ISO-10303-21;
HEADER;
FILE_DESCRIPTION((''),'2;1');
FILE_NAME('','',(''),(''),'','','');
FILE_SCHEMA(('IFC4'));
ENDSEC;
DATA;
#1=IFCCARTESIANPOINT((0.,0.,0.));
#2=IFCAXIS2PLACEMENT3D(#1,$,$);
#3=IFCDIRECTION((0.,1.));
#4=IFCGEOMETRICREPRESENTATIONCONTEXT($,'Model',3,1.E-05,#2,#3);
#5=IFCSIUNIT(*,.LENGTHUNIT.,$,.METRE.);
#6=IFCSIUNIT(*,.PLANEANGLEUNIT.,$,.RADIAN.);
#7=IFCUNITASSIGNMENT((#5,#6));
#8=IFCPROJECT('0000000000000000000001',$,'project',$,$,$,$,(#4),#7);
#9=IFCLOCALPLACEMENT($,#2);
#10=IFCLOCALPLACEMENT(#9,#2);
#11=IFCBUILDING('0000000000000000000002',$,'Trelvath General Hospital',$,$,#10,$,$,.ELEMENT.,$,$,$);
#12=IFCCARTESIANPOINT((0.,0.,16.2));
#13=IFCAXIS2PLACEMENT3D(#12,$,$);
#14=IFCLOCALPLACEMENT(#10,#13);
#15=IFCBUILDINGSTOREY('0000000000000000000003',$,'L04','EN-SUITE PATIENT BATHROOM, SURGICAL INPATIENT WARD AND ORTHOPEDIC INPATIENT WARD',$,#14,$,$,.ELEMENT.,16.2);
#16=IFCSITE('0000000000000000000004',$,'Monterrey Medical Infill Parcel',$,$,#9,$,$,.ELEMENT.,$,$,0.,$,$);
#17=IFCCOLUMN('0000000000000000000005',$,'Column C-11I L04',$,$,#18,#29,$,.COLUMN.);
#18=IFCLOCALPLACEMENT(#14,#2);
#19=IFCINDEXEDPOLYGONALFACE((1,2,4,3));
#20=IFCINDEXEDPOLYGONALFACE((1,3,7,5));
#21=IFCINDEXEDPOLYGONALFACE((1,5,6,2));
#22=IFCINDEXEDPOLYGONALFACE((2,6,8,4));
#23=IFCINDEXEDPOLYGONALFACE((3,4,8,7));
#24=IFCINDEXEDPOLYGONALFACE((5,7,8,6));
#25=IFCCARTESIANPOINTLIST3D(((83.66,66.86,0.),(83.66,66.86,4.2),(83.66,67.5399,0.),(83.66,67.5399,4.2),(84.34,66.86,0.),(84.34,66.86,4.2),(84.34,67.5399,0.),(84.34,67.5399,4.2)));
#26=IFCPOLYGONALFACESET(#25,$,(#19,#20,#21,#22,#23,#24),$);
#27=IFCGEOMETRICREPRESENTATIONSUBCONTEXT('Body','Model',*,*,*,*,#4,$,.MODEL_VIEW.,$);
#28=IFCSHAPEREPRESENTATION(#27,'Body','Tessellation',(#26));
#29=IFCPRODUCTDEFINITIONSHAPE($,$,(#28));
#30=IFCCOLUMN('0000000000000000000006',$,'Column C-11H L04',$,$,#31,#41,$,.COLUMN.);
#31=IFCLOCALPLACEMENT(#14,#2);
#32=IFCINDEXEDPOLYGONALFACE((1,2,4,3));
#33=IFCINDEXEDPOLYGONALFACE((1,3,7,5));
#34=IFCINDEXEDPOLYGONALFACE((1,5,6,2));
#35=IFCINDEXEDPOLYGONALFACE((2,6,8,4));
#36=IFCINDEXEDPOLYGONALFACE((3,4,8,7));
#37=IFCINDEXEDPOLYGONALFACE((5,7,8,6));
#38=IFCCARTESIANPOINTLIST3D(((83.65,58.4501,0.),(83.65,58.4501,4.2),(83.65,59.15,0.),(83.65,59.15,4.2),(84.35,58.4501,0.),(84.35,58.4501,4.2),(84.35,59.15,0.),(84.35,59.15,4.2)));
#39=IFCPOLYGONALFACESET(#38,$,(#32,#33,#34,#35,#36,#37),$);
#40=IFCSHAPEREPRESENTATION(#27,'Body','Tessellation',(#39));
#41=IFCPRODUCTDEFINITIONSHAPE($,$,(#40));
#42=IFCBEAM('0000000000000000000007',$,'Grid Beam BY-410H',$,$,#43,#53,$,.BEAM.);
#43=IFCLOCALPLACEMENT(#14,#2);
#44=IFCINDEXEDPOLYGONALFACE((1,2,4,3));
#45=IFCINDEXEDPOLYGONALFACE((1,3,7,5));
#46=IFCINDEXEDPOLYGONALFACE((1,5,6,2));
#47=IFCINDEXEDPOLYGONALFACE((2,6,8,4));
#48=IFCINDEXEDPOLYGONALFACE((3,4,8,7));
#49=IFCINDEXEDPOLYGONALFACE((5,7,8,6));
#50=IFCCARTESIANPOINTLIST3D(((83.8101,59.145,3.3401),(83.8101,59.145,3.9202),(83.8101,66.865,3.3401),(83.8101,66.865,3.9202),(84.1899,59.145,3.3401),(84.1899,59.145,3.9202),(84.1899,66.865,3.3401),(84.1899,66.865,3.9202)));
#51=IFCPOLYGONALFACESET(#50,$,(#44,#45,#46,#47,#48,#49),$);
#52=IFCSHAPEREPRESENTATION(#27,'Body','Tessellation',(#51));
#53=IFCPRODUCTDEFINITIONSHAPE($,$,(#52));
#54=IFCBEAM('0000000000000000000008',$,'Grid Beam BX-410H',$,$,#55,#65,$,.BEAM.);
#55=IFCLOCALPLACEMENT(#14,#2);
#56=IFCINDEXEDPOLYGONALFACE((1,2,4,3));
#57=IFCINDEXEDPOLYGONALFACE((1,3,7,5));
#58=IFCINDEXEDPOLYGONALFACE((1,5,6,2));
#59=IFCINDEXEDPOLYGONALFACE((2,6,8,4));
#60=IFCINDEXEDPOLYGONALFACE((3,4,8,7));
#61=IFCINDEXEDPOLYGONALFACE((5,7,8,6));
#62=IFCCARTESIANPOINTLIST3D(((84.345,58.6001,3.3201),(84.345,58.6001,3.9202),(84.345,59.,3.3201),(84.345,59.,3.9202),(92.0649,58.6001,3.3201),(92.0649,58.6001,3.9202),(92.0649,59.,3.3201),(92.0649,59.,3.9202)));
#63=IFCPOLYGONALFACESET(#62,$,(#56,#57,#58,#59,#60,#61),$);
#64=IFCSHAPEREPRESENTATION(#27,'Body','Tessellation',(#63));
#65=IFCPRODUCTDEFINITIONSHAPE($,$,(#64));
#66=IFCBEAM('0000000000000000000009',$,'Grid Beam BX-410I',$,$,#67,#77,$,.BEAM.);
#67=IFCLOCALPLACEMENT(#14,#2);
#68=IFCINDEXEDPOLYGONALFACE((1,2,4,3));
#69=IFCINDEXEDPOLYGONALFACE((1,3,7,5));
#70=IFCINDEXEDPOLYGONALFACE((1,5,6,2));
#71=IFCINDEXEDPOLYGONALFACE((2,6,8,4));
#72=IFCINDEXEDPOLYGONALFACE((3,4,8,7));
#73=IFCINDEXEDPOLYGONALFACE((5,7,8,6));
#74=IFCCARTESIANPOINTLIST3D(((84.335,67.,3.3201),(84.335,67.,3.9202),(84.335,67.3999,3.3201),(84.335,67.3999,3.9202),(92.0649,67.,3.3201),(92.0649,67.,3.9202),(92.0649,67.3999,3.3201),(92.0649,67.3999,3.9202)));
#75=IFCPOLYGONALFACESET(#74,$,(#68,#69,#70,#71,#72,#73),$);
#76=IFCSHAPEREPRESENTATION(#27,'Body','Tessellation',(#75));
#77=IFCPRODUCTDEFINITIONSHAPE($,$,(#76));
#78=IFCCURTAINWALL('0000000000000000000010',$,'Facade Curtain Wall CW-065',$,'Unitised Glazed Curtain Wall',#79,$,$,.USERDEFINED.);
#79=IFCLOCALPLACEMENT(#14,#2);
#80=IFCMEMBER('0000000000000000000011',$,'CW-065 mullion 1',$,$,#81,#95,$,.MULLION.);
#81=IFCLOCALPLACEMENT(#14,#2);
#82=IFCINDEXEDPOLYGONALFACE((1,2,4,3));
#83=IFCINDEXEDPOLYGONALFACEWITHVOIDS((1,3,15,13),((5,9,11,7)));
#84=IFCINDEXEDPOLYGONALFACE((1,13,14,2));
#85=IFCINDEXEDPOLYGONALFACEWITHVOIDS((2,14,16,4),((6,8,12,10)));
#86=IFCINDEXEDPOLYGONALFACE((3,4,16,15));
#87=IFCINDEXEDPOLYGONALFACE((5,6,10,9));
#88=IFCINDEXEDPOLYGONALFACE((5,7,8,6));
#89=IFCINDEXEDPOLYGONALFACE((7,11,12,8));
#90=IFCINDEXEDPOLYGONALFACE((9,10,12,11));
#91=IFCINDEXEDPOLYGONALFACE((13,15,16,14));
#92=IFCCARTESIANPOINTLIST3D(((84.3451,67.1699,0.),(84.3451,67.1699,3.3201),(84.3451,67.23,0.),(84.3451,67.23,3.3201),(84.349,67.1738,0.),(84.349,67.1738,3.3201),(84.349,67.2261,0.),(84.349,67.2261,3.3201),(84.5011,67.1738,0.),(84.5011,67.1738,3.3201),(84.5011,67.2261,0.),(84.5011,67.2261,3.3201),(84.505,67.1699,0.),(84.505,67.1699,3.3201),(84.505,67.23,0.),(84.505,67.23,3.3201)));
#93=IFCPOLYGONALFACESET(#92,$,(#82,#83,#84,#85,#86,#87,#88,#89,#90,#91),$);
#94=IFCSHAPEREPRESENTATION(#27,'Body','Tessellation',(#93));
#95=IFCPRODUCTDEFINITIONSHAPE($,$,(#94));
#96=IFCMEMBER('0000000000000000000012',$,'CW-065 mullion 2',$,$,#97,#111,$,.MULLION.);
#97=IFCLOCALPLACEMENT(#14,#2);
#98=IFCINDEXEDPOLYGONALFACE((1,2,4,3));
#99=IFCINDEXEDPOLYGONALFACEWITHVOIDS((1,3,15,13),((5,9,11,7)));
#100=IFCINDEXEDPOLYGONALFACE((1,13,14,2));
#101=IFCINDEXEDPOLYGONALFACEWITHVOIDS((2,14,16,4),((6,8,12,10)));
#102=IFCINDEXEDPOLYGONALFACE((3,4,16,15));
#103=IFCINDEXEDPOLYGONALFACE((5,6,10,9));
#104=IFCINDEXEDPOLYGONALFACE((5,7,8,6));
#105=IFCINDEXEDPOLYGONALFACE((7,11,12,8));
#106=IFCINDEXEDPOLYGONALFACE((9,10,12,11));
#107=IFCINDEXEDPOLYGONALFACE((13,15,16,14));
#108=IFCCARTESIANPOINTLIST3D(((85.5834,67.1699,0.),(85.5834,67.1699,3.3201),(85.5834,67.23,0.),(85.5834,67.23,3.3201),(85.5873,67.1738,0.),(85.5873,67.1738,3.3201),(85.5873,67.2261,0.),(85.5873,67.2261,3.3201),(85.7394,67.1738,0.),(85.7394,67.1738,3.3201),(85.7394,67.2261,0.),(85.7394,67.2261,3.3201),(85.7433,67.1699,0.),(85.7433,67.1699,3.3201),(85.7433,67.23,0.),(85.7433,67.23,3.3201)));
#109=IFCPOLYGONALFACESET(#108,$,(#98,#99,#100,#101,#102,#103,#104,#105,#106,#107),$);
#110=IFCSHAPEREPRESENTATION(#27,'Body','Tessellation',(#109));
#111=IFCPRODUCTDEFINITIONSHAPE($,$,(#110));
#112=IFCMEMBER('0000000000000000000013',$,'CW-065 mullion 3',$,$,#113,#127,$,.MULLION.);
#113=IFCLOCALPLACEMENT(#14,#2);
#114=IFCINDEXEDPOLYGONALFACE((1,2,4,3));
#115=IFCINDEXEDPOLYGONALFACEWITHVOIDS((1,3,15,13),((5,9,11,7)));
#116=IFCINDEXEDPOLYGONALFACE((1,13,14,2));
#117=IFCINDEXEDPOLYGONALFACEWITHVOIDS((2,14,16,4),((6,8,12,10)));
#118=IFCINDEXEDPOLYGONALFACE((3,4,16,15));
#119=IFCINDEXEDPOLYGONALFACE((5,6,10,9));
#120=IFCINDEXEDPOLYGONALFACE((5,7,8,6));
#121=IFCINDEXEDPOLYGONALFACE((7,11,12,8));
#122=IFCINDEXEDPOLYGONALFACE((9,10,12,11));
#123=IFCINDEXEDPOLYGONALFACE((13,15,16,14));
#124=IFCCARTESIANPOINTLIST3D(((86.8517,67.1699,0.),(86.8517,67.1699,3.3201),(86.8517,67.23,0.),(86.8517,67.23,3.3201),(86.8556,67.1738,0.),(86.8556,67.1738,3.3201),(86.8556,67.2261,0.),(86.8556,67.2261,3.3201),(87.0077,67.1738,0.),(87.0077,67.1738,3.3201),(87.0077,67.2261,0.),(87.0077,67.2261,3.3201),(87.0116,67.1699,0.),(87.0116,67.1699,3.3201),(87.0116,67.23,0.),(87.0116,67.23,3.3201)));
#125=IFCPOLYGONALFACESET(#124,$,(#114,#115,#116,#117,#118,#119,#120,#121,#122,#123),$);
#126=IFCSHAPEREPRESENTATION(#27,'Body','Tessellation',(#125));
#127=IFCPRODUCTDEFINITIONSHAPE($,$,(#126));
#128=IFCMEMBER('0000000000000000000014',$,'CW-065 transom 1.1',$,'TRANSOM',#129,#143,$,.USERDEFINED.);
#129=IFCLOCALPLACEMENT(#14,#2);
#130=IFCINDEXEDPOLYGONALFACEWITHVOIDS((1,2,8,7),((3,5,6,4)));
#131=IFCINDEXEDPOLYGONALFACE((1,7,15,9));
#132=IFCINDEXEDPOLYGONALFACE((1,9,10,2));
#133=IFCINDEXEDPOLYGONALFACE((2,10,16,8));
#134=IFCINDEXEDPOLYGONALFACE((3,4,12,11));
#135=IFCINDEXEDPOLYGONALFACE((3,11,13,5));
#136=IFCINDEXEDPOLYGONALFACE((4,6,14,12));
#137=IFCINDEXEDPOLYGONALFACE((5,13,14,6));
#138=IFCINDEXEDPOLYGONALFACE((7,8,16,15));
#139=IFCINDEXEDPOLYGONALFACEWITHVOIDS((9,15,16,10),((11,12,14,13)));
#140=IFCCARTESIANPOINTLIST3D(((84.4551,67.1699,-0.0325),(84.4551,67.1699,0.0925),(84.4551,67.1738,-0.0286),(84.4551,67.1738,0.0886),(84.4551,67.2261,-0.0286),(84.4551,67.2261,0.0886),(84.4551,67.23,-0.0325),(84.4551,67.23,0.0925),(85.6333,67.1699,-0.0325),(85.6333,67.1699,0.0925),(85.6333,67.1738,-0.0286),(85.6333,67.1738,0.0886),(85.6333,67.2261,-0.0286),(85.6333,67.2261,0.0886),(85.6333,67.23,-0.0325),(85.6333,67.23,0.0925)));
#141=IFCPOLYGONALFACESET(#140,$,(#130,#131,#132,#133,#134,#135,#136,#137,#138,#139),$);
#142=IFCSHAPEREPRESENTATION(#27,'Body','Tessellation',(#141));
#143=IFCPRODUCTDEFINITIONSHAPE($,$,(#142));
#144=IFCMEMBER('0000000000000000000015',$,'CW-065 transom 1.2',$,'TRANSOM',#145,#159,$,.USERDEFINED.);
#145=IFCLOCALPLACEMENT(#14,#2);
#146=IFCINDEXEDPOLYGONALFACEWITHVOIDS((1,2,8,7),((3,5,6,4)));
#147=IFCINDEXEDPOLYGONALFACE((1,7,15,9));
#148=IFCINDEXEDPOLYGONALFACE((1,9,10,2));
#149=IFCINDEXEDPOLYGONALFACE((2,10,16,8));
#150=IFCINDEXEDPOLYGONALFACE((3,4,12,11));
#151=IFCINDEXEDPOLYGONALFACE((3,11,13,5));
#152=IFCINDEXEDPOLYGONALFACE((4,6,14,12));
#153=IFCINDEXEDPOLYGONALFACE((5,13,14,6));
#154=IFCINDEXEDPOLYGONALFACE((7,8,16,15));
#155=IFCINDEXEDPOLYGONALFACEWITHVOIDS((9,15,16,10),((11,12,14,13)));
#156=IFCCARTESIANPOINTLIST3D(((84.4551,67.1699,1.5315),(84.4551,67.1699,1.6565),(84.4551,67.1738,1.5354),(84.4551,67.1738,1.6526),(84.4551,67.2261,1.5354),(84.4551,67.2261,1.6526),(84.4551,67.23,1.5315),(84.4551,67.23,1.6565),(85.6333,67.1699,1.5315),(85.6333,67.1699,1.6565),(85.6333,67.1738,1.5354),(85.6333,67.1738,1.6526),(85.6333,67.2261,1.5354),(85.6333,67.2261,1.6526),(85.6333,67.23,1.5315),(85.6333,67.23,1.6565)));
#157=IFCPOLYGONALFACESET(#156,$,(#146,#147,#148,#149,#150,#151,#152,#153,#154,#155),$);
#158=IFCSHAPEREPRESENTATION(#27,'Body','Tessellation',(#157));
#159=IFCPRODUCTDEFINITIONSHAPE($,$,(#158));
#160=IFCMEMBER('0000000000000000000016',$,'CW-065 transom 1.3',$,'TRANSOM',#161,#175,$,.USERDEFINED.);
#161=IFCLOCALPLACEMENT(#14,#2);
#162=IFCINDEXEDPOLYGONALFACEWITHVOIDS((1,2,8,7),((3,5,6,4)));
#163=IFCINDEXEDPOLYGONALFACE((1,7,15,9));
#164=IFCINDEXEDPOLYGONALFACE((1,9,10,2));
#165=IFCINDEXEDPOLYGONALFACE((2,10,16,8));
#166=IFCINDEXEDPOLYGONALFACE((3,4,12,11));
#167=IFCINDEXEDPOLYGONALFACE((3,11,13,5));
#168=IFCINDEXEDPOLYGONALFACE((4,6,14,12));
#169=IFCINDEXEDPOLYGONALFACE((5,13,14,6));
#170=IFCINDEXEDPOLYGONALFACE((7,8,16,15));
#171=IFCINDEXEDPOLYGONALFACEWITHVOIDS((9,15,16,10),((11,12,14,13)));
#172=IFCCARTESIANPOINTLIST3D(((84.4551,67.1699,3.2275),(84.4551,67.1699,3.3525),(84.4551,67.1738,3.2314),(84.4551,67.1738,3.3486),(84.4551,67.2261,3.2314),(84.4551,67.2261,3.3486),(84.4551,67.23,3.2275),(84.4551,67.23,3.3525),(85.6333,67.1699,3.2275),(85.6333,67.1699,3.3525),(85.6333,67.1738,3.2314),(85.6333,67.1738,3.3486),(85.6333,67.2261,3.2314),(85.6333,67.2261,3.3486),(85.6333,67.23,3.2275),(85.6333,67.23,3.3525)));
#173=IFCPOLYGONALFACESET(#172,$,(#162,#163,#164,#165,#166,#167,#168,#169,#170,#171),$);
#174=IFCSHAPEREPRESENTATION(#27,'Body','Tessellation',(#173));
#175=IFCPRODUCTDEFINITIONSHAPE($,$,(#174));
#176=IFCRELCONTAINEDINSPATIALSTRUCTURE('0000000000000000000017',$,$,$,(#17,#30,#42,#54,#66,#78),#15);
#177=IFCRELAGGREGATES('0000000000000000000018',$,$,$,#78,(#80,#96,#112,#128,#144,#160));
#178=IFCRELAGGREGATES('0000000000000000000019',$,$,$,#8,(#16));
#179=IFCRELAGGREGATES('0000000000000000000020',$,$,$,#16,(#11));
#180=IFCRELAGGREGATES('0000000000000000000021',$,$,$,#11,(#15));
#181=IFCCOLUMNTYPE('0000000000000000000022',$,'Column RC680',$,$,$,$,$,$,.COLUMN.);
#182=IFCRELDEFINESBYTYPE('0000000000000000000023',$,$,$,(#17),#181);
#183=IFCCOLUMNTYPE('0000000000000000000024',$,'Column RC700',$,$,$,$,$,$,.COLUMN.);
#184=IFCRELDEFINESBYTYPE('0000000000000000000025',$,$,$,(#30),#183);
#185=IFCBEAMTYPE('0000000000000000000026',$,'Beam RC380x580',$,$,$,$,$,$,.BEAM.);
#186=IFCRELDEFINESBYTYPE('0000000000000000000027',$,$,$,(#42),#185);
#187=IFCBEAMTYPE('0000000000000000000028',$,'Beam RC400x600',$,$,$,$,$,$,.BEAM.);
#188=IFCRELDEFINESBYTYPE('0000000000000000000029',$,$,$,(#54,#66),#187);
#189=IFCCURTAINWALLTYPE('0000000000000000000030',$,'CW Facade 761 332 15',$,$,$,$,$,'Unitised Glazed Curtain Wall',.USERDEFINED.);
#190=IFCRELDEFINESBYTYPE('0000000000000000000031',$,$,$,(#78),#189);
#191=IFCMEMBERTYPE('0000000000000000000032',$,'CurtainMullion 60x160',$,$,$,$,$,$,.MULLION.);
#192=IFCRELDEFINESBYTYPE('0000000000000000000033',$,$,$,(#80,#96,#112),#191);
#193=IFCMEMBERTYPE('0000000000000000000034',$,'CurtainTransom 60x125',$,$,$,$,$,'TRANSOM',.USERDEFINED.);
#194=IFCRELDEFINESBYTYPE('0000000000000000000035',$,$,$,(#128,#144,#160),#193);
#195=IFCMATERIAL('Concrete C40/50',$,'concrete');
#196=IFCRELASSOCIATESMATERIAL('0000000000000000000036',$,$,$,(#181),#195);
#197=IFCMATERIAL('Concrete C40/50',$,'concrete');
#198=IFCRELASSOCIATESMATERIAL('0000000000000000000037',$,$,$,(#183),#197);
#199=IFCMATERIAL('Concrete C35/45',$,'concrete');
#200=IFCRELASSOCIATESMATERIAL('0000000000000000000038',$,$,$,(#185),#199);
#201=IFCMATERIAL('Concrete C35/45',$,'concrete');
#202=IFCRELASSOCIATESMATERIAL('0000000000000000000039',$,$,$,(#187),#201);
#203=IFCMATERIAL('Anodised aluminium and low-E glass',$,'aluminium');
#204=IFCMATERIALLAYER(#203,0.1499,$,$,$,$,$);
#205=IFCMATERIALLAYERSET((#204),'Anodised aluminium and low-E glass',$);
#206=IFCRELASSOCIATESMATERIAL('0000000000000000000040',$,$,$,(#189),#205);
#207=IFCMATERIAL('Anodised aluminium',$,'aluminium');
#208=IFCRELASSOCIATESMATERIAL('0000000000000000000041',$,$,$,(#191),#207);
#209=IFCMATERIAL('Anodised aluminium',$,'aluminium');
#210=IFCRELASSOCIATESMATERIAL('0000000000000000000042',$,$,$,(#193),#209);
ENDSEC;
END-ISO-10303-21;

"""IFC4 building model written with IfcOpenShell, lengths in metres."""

from ifc_helpers import new_model, si_unit, direction, frame, origin, origin_2d, place, context, subcontext, project, spatial, rectangle, hollow_rectangle, extrude, material, layer, layer_set, material_profile, profile_set, type_object, element, aggregate, save


model = new_model("IFC4")

# Units and contexts
model_context = context("Model", 3, precision=1e-05, world=origin(), true_north=direction((0.0, 1.0)))
body_context = subcontext(model_context, "Body", "Model", "MODEL_VIEW")
ifc_project = project(units=[si_unit("LENGTHUNIT", "METRE"), si_unit("PLANEANGLEUNIT", "RADIAN")], contexts=[model_context])

# Site, building, storey
site_placement = place(None, origin())
site = spatial("IfcSite", under=ifc_project, at=site_placement, Name="Monterrey Medical Infill Parcel", CompositionType="ELEMENT", RefElevation=0.0)
building_placement = place(site_placement, origin())
building = spatial("IfcBuilding", under=site, at=building_placement, Name="Trelvath General Hospital", CompositionType="ELEMENT")
storey_placement = place(building_placement, frame((0.0, 0.0, 16.2)))
storey = spatial("IfcBuildingStorey", under=building, at=storey_placement, Name="L04", Description="EN-SUITE PATIENT BATHROOM, SURGICAL INPATIENT WARD AND ORTHOPEDIC INPATIENT WARD", CompositionType="ELEMENT", Elevation=16.2)

# Columns
ifc_material_1 = material(Name="Concrete C40/50", Category="concrete")
ifc_material_profile_1 = material_profile(ifc_material_1, rectangle(XDim=0.6799, YDim=0.6799, at=origin_2d()), Name="RC680x680")
ifc_profile_set_1 = profile_set([ifc_material_profile_1], Name="Concrete C40/50")
column_type_1 = type_object("IfcColumnType", Name="Column RC680", PredefinedType="COLUMN", material=ifc_profile_set_1)
column_1_placement = place(storey_placement, frame((84.0, 67.2, 0.0), z_axis=(0.0, 0.0, 1.0), x_axis=(1.0, 0.0, 0.0)))
element("IfcColumn", 1, at=column_1_placement, inside=storey, type_object=column_type_1, Name="Column C-11I L04", PredefinedType="COLUMN", context=body_context, shape_type="SweptSolid", body=[
    extrude(rectangle(XDim=0.6799, YDim=0.6799, at=origin_2d()), origin(), (0.0, 0.0, 1.0), 4.2),
])
ifc_material_2 = material(Name="Concrete C40/50", Category="concrete")
ifc_material_profile_2 = material_profile(ifc_material_2, rectangle(XDim=0.7, YDim=0.7, at=origin_2d()), Name="RC700x700")
ifc_profile_set_2 = profile_set([ifc_material_profile_2], Name="Concrete C40/50")
column_type_2 = type_object("IfcColumnType", Name="Column RC700", PredefinedType="COLUMN", material=ifc_profile_set_2)
column_2_placement = place(storey_placement, frame((84.0, 58.8, 0.0), z_axis=(0.0, 0.0, 1.0), x_axis=(1.0, 0.0, 0.0)))
element("IfcColumn", 2, at=column_2_placement, inside=storey, type_object=column_type_2, Name="Column C-11H L04", PredefinedType="COLUMN", context=body_context, shape_type="SweptSolid", body=[
    extrude(rectangle(XDim=0.7, YDim=0.7, at=origin_2d()), origin(), (0.0, 0.0, 1.0), 4.2),
])

# Beams
ifc_material_3 = material(Name="Concrete C35/45", Category="concrete")
ifc_material_profile_3 = material_profile(ifc_material_3, rectangle(XDim=0.3799, YDim=0.5801, at=origin_2d()), Name="RCB380x580")
ifc_profile_set_3 = profile_set([ifc_material_profile_3], Name="Concrete C35/45")
beam_type_1 = type_object("IfcBeamType", Name="Beam RC380x580", PredefinedType="BEAM", material=ifc_profile_set_3)
beam_1_placement = place(storey_placement, frame((84.0, 59.145, 3.6301), z_axis=(0.0, 1.0, 0.0), x_axis=(-1.0, 0.0, 0.0)))
element("IfcBeam", 3, at=beam_1_placement, inside=storey, type_object=beam_type_1, Name="Grid Beam BY-410H", PredefinedType="BEAM", context=body_context, shape_type="SweptSolid", body=[
    extrude(rectangle(XDim=0.3799, YDim=0.5801, at=origin_2d()), origin(), (0.0, 0.0, 1.0), 7.72),
])
ifc_material_4 = material(Name="Concrete C35/45", Category="concrete")
ifc_material_profile_4 = material_profile(ifc_material_4, rectangle(XDim=0.3999, YDim=0.6001, at=origin_2d()), Name="RCB400x600")
ifc_profile_set_4 = profile_set([ifc_material_profile_4], Name="Concrete C35/45")
beam_type_2 = type_object("IfcBeamType", Name="Beam RC400x600", PredefinedType="BEAM", material=ifc_profile_set_4)
beam_2_placement = place(storey_placement, frame((84.345, 58.8, 3.6201), z_axis=(1.0, 0.0, 0.0), x_axis=(0.0, 1.0, 0.0)))
element("IfcBeam", 4, at=beam_2_placement, inside=storey, type_object=beam_type_2, Name="Grid Beam BX-410H", PredefinedType="BEAM", context=body_context, shape_type="SweptSolid", body=[
    extrude(rectangle(XDim=0.3999, YDim=0.6001, at=origin_2d()), origin(), (0.0, 0.0, 1.0), 7.72),
])
beam_3_placement = place(storey_placement, frame((84.335, 67.2, 3.6201), z_axis=(1.0, 0.0, 0.0), x_axis=(0.0, 1.0, 0.0)))
element("IfcBeam", 5, at=beam_3_placement, inside=storey, type_object=beam_type_2, Name="Grid Beam BX-410I", PredefinedType="BEAM", context=body_context, shape_type="SweptSolid", body=[
    extrude(rectangle(XDim=0.3999, YDim=0.6001, at=origin_2d()), origin(), (0.0, 0.0, 1.0), 7.73),
])

# Curtain wall, members
ifc_material_5 = material(Name="Anodised aluminium and low-E glass", Category="aluminium")
ifc_layer_1 = layer(ifc_material_5, 0.1499)
ifc_layer_set_1 = layer_set([ifc_layer_1], Name="Anodised aluminium and low-E glass")
curtain_wall_type = type_object("IfcCurtainWallType", Name="CW Facade 761 332 15", ElementType="Unitised Glazed Curtain Wall", PredefinedType="USERDEFINED", material=ifc_layer_set_1)
curtain_wall_placement = place(storey_placement, origin())
curtain_wall = element("IfcCurtainWall", 6, at=curtain_wall_placement, inside=storey, type_object=curtain_wall_type, Name="Facade Curtain Wall CW-065", ObjectType="Unitised Glazed Curtain Wall", PredefinedType="USERDEFINED")
ifc_material_6 = material(Name="Anodised aluminium", Category="aluminium")
ifc_material_profile_5 = material_profile(ifc_material_6, hollow_rectangle(XDim=0.0601, YDim=0.1599, WallThickness=0.0039, at=origin_2d()), Name="RHS60x160x4")
ifc_profile_set_5 = profile_set([ifc_material_profile_5], Name="Anodised aluminium")
member_type_1 = type_object("IfcMemberType", Name="CurtainMullion 60x160", PredefinedType="MULLION", material=ifc_profile_set_5)
member_1_placement = place(storey_placement, frame((84.425, 67.2, 0.0), z_axis=(0.0, 0.0, 1.0), x_axis=(0.0, 1.0, 0.0)))
member_1 = element("IfcMember", 7, at=member_1_placement, type_object=member_type_1, Name="CW-065 mullion 1", PredefinedType="MULLION", context=body_context, shape_type="SweptSolid", body=[
    extrude(hollow_rectangle(XDim=0.0601, YDim=0.1599, WallThickness=0.0039, at=origin_2d()), origin(), (0.0, 0.0, 1.0), 3.3201),
])
member_2_placement = place(storey_placement, frame((85.6633, 67.2, 0.0), z_axis=(0.0, 0.0, 1.0), x_axis=(0.0, 1.0, 0.0)))
member_2 = element("IfcMember", 8, at=member_2_placement, type_object=member_type_1, Name="CW-065 mullion 2", PredefinedType="MULLION", context=body_context, shape_type="SweptSolid", body=[
    extrude(hollow_rectangle(XDim=0.0601, YDim=0.1599, WallThickness=0.0039, at=origin_2d()), origin(), (0.0, 0.0, 1.0), 3.3201),
])
member_3_placement = place(storey_placement, frame((86.9316, 67.2, 0.0), z_axis=(0.0, 0.0, 1.0), x_axis=(0.0, 1.0, 0.0)))
member_3 = element("IfcMember", 9, at=member_3_placement, type_object=member_type_1, Name="CW-065 mullion 3", PredefinedType="MULLION", context=body_context, shape_type="SweptSolid", body=[
    extrude(hollow_rectangle(XDim=0.0601, YDim=0.1599, WallThickness=0.0039, at=origin_2d()), origin(), (0.0, 0.0, 1.0), 3.3201),
])
ifc_material_7 = material(Name="Anodised aluminium", Category="aluminium")
ifc_material_profile_6 = material_profile(ifc_material_7, hollow_rectangle(XDim=0.0601, YDim=0.125, WallThickness=0.0039, at=origin_2d()), Name="RHS60x125x4")
ifc_profile_set_6 = profile_set([ifc_material_profile_6], Name="Anodised aluminium")
member_type_2 = type_object("IfcMemberType", Name="CurtainTransom 60x125", ElementType="TRANSOM", PredefinedType="USERDEFINED", material=ifc_profile_set_6)
member_4_placement = place(storey_placement, frame((84.4551, 67.2, 0.03), z_axis=(1.0, 0.0, 0.0), x_axis=(0.0, 1.0, 0.0)))
member_4 = element("IfcMember", 10, at=member_4_placement, type_object=member_type_2, Name="CW-065 transom 1.1", ObjectType="TRANSOM", PredefinedType="USERDEFINED", context=body_context, shape_type="SweptSolid", body=[
    extrude(hollow_rectangle(XDim=0.0601, YDim=0.125, WallThickness=0.0039, at=origin_2d()), origin(), (0.0, 0.0, 1.0), 1.1782),
])
member_5_placement = place(storey_placement, frame((84.4551, 67.2, 1.594), z_axis=(1.0, 0.0, 0.0), x_axis=(0.0, 1.0, 0.0)))
member_5 = element("IfcMember", 11, at=member_5_placement, type_object=member_type_2, Name="CW-065 transom 1.2", ObjectType="TRANSOM", PredefinedType="USERDEFINED", context=body_context, shape_type="SweptSolid", body=[
    extrude(hollow_rectangle(XDim=0.0601, YDim=0.125, WallThickness=0.0039, at=origin_2d()), origin(), (0.0, 0.0, 1.0), 1.1782),
])
member_6_placement = place(storey_placement, frame((84.4551, 67.2, 3.29), z_axis=(1.0, 0.0, 0.0), x_axis=(0.0, 1.0, 0.0)))
member_6 = element("IfcMember", 12, at=member_6_placement, type_object=member_type_2, Name="CW-065 transom 1.3", ObjectType="TRANSOM", PredefinedType="USERDEFINED", context=body_context, shape_type="SweptSolid", body=[
    extrude(hollow_rectangle(XDim=0.0601, YDim=0.125, WallThickness=0.0039, at=origin_2d()), origin(), (0.0, 0.0, 1.0), 1.1782),
])
aggregate(curtain_wall, [member_1, member_2, member_3, member_4, member_5, member_6])

save(model, "model.ifc")
